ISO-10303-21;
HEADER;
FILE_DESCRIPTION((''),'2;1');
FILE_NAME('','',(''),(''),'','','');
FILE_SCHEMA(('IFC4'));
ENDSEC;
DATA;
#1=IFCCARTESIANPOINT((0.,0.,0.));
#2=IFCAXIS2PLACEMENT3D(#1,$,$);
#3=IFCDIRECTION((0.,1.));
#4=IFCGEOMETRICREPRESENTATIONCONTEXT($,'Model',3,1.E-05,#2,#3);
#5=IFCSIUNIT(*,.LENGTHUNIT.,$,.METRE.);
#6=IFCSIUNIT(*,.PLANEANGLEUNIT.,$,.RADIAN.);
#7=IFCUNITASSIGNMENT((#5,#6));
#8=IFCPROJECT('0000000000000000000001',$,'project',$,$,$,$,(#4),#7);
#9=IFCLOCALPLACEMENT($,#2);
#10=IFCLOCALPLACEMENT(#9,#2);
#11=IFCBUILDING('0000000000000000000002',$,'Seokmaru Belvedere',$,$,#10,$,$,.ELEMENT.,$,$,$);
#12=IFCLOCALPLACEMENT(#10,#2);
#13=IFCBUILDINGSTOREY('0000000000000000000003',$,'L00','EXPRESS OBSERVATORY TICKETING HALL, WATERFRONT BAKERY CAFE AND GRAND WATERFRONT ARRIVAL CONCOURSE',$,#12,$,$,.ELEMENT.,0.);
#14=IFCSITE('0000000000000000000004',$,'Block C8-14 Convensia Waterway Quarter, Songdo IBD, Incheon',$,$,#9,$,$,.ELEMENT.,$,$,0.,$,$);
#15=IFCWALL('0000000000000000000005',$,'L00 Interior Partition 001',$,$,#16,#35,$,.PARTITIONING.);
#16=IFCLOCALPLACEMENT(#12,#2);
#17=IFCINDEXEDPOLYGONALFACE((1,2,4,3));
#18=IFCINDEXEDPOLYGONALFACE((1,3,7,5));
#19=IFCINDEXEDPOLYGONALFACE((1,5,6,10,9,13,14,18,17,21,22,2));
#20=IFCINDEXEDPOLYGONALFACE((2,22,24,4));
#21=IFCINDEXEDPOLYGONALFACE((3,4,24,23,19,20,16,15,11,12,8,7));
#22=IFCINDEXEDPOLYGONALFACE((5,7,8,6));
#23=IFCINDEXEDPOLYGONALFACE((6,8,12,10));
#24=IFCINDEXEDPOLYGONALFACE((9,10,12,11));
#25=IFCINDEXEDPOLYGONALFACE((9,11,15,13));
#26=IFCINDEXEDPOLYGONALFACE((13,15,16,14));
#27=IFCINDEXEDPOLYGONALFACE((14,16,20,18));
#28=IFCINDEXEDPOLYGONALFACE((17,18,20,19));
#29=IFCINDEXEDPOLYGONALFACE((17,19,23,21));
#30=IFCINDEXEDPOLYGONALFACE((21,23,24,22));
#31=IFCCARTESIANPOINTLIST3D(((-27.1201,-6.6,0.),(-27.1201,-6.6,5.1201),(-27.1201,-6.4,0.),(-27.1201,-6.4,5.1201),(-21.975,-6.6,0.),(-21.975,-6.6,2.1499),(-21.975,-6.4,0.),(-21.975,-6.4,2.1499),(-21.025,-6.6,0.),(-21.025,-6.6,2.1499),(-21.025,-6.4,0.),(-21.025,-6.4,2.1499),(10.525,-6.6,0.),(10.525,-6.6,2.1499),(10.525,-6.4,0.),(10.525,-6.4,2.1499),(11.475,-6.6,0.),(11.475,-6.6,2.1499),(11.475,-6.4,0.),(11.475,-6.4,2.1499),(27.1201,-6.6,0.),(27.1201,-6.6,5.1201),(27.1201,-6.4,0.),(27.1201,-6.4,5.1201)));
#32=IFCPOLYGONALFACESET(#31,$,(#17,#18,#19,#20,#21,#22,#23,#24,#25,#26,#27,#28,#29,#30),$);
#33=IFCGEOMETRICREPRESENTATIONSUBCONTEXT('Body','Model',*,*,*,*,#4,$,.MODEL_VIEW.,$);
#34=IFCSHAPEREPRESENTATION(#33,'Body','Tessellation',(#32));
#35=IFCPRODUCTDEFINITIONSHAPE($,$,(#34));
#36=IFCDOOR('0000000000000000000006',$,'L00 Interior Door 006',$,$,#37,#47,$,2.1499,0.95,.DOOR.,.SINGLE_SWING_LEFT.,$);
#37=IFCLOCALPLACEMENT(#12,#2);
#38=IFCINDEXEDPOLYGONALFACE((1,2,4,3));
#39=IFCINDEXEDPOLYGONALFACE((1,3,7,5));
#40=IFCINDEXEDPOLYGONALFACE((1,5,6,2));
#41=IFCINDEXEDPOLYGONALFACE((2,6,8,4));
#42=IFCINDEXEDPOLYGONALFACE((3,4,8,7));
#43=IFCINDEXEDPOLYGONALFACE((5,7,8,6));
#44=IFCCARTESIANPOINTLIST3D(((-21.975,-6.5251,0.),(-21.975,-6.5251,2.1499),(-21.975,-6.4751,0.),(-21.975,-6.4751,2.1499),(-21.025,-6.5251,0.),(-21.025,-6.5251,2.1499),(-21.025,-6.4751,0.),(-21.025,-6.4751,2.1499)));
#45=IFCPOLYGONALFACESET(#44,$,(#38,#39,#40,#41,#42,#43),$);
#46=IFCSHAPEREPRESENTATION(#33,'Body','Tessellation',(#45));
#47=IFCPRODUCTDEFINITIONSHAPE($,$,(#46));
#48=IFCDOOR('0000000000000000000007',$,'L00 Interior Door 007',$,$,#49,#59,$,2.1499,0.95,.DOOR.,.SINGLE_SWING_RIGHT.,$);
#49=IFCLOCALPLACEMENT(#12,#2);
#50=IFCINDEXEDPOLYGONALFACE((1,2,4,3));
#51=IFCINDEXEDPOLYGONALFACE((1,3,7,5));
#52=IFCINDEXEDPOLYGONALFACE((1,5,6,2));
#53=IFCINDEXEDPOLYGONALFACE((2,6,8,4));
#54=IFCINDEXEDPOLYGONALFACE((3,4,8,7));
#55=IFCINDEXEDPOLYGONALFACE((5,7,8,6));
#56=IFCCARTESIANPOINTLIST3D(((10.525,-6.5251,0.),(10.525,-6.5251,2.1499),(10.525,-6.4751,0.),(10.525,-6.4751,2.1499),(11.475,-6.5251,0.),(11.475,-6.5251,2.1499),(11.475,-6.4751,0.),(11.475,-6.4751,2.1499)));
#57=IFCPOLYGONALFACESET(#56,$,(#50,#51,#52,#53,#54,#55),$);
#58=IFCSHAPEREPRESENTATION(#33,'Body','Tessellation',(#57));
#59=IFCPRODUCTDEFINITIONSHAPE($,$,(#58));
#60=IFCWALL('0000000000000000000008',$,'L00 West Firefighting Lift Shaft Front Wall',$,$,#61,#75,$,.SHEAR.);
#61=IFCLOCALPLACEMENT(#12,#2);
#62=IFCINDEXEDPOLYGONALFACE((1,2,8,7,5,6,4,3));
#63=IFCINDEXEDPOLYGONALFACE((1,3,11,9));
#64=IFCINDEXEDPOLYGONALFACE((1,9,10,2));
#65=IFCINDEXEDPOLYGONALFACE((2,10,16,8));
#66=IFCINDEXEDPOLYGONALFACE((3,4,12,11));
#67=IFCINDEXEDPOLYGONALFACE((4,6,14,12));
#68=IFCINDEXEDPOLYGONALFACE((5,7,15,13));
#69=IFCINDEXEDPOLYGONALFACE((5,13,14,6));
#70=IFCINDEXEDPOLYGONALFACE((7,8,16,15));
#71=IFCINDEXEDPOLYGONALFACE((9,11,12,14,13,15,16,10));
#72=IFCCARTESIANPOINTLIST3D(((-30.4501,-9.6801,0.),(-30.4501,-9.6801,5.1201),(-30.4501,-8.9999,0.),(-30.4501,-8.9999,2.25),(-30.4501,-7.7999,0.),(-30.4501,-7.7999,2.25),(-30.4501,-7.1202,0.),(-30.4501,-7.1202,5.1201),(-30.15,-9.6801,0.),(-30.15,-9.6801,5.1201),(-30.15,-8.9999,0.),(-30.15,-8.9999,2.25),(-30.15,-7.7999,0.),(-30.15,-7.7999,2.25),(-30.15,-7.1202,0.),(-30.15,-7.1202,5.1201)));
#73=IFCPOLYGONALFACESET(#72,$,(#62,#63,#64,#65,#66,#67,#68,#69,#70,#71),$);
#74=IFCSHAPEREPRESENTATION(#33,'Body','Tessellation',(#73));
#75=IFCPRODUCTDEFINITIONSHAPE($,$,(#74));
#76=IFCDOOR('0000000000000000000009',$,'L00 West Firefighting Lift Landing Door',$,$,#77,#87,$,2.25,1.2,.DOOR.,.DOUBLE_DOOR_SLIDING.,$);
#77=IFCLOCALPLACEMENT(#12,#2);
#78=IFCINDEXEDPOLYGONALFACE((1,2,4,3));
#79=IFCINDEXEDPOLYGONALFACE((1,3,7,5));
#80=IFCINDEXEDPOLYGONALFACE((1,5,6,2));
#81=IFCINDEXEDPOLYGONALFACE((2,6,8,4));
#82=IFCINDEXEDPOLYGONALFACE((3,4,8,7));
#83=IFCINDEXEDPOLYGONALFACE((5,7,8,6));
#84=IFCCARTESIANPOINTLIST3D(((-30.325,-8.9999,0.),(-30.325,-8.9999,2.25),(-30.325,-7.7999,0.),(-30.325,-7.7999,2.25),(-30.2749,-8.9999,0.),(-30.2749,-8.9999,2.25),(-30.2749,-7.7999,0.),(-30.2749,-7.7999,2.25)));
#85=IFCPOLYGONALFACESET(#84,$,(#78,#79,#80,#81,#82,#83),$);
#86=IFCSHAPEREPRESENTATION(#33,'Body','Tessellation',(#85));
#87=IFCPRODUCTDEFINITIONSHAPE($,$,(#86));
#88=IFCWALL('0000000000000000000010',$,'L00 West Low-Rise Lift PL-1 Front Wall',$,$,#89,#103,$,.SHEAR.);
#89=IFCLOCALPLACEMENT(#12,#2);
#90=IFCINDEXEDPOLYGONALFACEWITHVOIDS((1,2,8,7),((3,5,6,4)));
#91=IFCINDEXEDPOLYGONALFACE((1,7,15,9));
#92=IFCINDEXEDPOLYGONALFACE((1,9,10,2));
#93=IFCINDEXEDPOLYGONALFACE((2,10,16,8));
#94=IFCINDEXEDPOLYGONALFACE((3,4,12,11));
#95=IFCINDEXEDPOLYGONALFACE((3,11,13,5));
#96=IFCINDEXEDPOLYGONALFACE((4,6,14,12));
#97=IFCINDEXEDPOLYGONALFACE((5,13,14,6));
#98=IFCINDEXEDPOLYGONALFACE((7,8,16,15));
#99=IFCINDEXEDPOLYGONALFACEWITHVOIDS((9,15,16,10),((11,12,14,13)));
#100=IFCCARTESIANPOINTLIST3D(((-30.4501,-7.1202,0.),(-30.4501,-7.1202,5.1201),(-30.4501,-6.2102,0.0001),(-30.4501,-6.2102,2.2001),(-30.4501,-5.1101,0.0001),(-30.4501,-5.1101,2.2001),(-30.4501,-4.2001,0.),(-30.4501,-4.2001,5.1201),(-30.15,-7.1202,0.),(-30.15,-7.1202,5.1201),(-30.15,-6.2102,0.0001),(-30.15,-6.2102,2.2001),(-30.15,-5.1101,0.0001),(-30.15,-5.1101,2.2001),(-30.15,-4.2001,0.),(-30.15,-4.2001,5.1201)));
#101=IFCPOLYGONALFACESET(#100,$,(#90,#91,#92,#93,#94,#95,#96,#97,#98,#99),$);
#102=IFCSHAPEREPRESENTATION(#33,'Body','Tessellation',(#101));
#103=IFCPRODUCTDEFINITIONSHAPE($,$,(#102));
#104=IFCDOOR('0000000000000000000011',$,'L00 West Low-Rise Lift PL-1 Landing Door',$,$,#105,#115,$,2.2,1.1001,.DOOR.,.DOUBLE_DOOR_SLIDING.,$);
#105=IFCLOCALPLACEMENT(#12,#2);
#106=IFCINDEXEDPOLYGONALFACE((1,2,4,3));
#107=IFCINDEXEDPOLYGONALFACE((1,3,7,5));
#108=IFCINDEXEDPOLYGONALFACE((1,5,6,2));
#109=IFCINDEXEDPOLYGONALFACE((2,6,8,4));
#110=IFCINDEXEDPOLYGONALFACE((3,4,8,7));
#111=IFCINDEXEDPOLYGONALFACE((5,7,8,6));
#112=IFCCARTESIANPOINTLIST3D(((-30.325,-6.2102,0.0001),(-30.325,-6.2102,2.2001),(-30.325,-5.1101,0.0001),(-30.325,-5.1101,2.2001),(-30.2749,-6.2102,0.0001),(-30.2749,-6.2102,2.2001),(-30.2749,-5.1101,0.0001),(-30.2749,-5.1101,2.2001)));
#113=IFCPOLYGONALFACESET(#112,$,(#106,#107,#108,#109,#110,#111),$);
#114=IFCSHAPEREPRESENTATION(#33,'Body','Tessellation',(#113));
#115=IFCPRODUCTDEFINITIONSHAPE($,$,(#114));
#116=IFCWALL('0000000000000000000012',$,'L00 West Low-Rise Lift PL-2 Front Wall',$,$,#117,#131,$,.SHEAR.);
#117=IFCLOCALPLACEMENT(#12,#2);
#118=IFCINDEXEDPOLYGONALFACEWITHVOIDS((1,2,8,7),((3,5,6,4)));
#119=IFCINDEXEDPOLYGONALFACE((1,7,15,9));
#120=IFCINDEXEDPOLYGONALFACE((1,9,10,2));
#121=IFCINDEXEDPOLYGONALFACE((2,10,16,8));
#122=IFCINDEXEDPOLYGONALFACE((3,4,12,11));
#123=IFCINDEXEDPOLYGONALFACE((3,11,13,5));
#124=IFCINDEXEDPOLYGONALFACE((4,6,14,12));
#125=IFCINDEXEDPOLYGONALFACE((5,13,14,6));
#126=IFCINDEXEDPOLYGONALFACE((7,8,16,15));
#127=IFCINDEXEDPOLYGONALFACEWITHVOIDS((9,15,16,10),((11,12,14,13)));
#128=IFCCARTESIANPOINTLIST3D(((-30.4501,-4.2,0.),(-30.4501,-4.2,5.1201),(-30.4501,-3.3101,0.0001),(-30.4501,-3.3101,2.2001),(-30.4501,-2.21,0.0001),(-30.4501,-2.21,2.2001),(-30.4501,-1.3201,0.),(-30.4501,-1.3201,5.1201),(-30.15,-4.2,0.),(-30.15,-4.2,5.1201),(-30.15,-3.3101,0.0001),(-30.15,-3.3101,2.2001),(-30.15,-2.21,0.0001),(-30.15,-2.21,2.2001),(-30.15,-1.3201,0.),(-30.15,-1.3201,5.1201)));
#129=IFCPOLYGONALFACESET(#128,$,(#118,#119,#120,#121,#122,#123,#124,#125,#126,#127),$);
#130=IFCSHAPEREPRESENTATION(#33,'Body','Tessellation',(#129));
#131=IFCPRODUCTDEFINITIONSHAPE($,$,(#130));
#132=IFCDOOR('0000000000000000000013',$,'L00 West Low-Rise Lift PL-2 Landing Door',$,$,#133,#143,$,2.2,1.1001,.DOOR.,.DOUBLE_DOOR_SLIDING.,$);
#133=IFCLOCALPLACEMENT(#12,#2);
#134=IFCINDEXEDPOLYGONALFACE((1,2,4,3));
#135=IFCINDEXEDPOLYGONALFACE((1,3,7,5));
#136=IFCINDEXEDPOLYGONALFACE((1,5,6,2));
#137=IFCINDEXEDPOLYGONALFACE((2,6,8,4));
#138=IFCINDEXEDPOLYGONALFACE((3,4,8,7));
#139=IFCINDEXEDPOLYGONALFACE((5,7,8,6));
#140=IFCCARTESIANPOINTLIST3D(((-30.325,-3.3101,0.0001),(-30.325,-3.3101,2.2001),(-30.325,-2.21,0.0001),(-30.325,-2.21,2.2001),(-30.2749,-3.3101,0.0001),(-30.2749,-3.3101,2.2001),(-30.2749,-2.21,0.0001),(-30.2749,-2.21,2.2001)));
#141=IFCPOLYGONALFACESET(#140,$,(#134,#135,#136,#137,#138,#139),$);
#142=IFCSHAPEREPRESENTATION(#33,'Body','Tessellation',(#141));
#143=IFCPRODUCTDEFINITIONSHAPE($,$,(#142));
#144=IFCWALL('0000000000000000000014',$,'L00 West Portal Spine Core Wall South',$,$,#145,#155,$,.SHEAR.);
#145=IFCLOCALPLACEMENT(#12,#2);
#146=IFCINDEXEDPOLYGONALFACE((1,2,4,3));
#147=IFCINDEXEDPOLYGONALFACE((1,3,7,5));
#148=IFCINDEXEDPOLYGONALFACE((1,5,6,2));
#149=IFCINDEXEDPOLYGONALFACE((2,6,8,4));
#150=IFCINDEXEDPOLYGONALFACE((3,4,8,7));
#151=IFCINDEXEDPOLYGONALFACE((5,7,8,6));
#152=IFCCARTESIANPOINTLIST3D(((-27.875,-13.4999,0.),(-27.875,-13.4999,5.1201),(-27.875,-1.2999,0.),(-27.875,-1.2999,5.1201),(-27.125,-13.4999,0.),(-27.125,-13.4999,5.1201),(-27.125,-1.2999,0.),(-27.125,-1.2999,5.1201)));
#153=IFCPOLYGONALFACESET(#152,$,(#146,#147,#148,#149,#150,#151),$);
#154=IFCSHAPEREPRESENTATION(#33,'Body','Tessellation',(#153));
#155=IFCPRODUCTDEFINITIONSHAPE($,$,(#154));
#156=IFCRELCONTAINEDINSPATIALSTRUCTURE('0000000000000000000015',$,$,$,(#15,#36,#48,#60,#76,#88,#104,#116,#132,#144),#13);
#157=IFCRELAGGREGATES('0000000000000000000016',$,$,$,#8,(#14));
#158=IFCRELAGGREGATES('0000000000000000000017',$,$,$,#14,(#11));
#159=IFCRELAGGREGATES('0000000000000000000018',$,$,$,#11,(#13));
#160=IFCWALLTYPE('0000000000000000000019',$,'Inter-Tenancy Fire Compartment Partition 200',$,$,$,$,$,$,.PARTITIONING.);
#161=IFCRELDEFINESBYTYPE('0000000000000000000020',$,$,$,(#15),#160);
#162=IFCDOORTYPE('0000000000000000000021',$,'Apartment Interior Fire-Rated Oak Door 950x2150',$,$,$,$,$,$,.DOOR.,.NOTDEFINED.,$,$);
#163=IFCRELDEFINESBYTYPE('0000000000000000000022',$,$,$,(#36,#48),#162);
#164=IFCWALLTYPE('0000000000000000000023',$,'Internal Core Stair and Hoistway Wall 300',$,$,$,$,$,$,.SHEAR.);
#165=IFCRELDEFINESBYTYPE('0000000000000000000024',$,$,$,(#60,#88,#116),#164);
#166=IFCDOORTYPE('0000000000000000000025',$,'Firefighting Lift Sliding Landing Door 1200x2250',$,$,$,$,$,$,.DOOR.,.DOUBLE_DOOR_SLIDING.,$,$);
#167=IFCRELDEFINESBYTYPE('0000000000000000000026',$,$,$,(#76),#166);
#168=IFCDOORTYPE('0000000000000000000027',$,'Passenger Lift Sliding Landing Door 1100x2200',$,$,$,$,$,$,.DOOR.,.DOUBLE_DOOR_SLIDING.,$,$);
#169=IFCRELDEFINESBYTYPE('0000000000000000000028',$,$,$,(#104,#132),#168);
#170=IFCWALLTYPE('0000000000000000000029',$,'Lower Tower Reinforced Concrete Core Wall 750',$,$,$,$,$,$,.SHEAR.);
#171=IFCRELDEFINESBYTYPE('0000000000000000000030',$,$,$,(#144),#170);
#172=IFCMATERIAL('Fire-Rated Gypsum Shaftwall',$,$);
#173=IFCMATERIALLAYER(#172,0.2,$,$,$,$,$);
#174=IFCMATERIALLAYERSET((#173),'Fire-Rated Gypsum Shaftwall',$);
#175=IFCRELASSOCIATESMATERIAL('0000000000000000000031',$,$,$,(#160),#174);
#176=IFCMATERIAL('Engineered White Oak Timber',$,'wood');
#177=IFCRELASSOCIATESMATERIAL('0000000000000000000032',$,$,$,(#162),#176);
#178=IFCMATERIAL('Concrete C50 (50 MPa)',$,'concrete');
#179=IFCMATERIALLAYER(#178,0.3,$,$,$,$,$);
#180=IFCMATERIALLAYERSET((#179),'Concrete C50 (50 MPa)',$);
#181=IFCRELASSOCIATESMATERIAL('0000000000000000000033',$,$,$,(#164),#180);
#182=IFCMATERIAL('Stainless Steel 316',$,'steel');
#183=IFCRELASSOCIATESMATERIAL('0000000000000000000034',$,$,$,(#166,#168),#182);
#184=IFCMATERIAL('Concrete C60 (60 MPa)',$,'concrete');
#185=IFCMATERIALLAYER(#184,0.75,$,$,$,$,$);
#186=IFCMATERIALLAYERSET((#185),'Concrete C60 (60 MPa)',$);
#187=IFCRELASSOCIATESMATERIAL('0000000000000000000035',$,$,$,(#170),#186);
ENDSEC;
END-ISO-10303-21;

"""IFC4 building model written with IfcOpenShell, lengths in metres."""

from ifc_helpers import new_model, si_unit, direction, frame, frame_2d, origin, place, context, subcontext, project, spatial, rectangle, extrude, source, transform, mapped, material, layer, layer_set, type_object, type_shapes, element, fill, save


model = new_model("IFC4")

# Units and contexts
model_context = context("Model", 3, precision=1e-05, world=origin(), true_north=direction((0.0, 1.0)))
body_context = subcontext(model_context, "Body", "Model", "MODEL_VIEW")
ifc_project = project(units=[si_unit("LENGTHUNIT", "METRE"), si_unit("PLANEANGLEUNIT", "RADIAN")], contexts=[model_context])

# Site, building, storey
site_placement = place(None, origin())
site = spatial("IfcSite", under=ifc_project, at=site_placement, Name="Block C8-14 Convensia Waterway Quarter, Songdo IBD, Incheon", CompositionType="ELEMENT", RefElevation=0.0)
building_placement = place(site_placement, origin())
building = spatial("IfcBuilding", under=site, at=building_placement, Name="Seokmaru Belvedere", CompositionType="ELEMENT")
storey_placement = place(building_placement, origin())
storey = spatial("IfcBuildingStorey", under=building, at=storey_placement, Name="L00", Description="EXPRESS OBSERVATORY TICKETING HALL, WATERFRONT BAKERY CAFE AND GRAND WATERFRONT ARRIVAL CONCOURSE", CompositionType="ELEMENT", Elevation=0.0)

# Shared definitions
ifc_material_1 = material(Name="Concrete C50 (50 MPa)", Category="concrete")

# Wall, openings, doors
ifc_material_2 = material(Name="Fire-Rated Gypsum Shaftwall")
ifc_layer_1 = layer(ifc_material_2, 0.2)
ifc_layer_set_1 = layer_set([ifc_layer_1], Name="Fire-Rated Gypsum Shaftwall")
wall_type_1 = type_object("IfcWallType", Name="Inter-Tenancy Fire Compartment Partition 200", PredefinedType="PARTITIONING", material=ifc_layer_set_1)
wall_1_placement = place(storey_placement, frame((-27.1201, -6.5, 0.0), z_axis=(0.0, 0.0, 1.0), x_axis=(1.0, 0.0, 0.0)))
wall_1 = element("IfcWall", 1, at=wall_1_placement, inside=storey, type_object=wall_type_1, Name="L00 Interior Partition 001", PredefinedType="PARTITIONING", context=body_context, shape_type="SweptSolid", body=[
    extrude(rectangle(XDim=54.2402, YDim=0.2, at=frame_2d((27.1201, 0.0))), origin(), (0.0, 0.0, 1.0), 5.1201),
])
opening_1_placement = place(wall_1_placement, frame((5.145, 0.0, 0.0)))
opening_1 = element("IfcOpeningElement", 2, at=opening_1_placement, cuts=wall_1, PredefinedType="OPENING", context=body_context, shape_type="SweptSolid", body=[
    extrude(rectangle(XDim=0.95, YDim=2.1499, at=frame_2d((0.4751, 1.075))), frame((0.0, 0.1099, 0.0), z_axis=(0.0, -1.0, 0.0), x_axis=(1.0, 0.0, 0.0)), (0.0, 0.0, 1.0), 0.22),
])
opening_2_placement = place(wall_1_placement, frame((37.645, 0.0, 0.0)))
opening_2 = element("IfcOpeningElement", 3, at=opening_2_placement, cuts=wall_1, PredefinedType="OPENING", context=body_context, shape_type="SweptSolid", body=[
    extrude(rectangle(XDim=0.95, YDim=2.1499, at=frame_2d((0.4751, 1.075))), frame((0.0, 0.1099, 0.0), z_axis=(0.0, -1.0, 0.0), x_axis=(1.0, 0.0, 0.0)), (0.0, 0.0, 1.0), 0.22),
])
ifc_material_3 = material(Name="Engineered White Oak Timber", Category="wood")
door_type_1 = type_object("IfcDoorType", Name="Apartment Interior Fire-Rated Oak Door 950x2150", OperationType="NOTDEFINED", PredefinedType="DOOR", material=ifc_material_3)
shared_shape_1 = source(origin(), body_context, "Body", "SweptSolid", [
    extrude(rectangle(XDim=0.95, YDim=2.1499, at=frame_2d((0.4751, 1.075))), frame((0.0, 0.0249, 0.0), z_axis=(0.0, -1.0, 0.0), x_axis=(1.0, 0.0, 0.0)), (0.0, 0.0, 1.0), 0.05),
])
type_shapes(door_type_1, [shared_shape_1])
door_1_placement = place(opening_1_placement, origin())
door_1 = element("IfcDoor", 4, at=door_1_placement, inside=storey, type_object=door_type_1, Name="L00 Interior Door 006", OperationType="SINGLE_SWING_LEFT", OverallHeight=2.1499, OverallWidth=0.95, PredefinedType="DOOR", context=body_context, shape_type="MappedRepresentation", body=[
    mapped(shared_shape_1, transform((0.0, 0.0, 0.0), scale=1.0)),
])
fill(opening_1, door_1)
door_2_placement = place(opening_2_placement, origin())
door_2 = element("IfcDoor", 5, at=door_2_placement, inside=storey, type_object=door_type_1, Name="L00 Interior Door 007", OperationType="SINGLE_SWING_RIGHT", OverallHeight=2.1499, OverallWidth=0.95, PredefinedType="DOOR", context=body_context, shape_type="MappedRepresentation", body=[
    mapped(shared_shape_1, transform((0.0, 0.0, 0.0), scale=1.0)),
])
fill(opening_2, door_2)

# Walls, openings, doors
ifc_layer_2 = layer(ifc_material_1, 0.3)
ifc_layer_set_2 = layer_set([ifc_layer_2], Name="Concrete C50 (50 MPa)")
wall_type_2 = type_object("IfcWallType", Name="Internal Core Stair and Hoistway Wall 300", PredefinedType="SHEAR", material=ifc_layer_set_2)
wall_2_placement = place(storey_placement, frame((-30.3, -9.6799, 0.0), z_axis=(0.0, 0.0, 1.0), x_axis=(0.0, 1.0, 0.0)))
wall_2 = element("IfcWall", 6, at=wall_2_placement, inside=storey, type_object=wall_type_2, Name="L00 West Firefighting Lift Shaft Front Wall", PredefinedType="SHEAR", context=body_context, shape_type="SweptSolid", body=[
    extrude(rectangle(XDim=2.5598, YDim=0.3, at=frame_2d((1.2798, 0.0))), origin(), (0.0, 0.0, 1.0), 5.1201),
])
opening_3_placement = place(wall_2_placement, frame((0.6799, 0.0, 0.0)))
opening_3 = element("IfcOpeningElement", 7, at=opening_3_placement, cuts=wall_2, PredefinedType="OPENING", context=body_context, shape_type="SweptSolid", body=[
    extrude(rectangle(XDim=1.2, YDim=2.25, at=frame_2d((0.6001, 1.125))), frame((0.0, 0.1602, 0.0), z_axis=(0.0, -1.0, 0.0), x_axis=(1.0, 0.0, 0.0)), (0.0, 0.0, 1.0), 0.3201),
])
ifc_material_4 = material(Name="Stainless Steel 316", Category="steel")
door_type_2 = type_object("IfcDoorType", Name="Firefighting Lift Sliding Landing Door 1200x2250", OperationType="DOUBLE_DOOR_SLIDING", PredefinedType="DOOR", material=ifc_material_4)
shared_shape_2 = source(origin(), body_context, "Body", "SweptSolid", [
    extrude(rectangle(XDim=1.2, YDim=2.25, at=frame_2d((0.6001, 1.125))), frame((0.0, 0.0249, 0.0), z_axis=(0.0, -1.0, 0.0), x_axis=(1.0, 0.0, 0.0)), (0.0, 0.0, 1.0), 0.05),
])
type_shapes(door_type_2, [shared_shape_2])
door_3_placement = place(opening_3_placement, origin())
door_3 = element("IfcDoor", 8, at=door_3_placement, inside=storey, type_object=door_type_2, Name="L00 West Firefighting Lift Landing Door", OperationType="DOUBLE_DOOR_SLIDING", OverallHeight=2.25, OverallWidth=1.2, PredefinedType="DOOR", context=body_context, shape_type="MappedRepresentation", body=[
    mapped(shared_shape_2, transform((0.0, 0.0, 0.0), scale=1.0)),
])
fill(opening_3, door_3)
wall_3_placement = place(storey_placement, frame((-30.3, -7.1201, 0.0), z_axis=(0.0, 0.0, 1.0), x_axis=(0.0, 1.0, 0.0)))
wall_3 = element("IfcWall", 9, at=wall_3_placement, inside=storey, type_object=wall_type_2, Name="L00 West Low-Rise Lift PL-1 Front Wall", PredefinedType="SHEAR", context=body_context, shape_type="SweptSolid", body=[
    extrude(rectangle(XDim=2.9202, YDim=0.3, at=frame_2d((1.46, 0.0))), origin(), (0.0, 0.0, 1.0), 5.1201),
])
opening_4_placement = place(wall_3_placement, frame((0.9099, 0.0, 0.0)))
opening_4 = element("IfcOpeningElement", 10, at=opening_4_placement, cuts=wall_3, PredefinedType="OPENING", context=body_context, shape_type="SweptSolid", body=[
    extrude(rectangle(XDim=1.1001, YDim=2.2, at=frame_2d((0.55, 1.1001))), frame((0.0, 0.1602, 0.0), z_axis=(0.0, -1.0, 0.0), x_axis=(1.0, 0.0, 0.0)), (0.0, 0.0, 1.0), 0.3201),
])
door_type_3 = type_object("IfcDoorType", Name="Passenger Lift Sliding Landing Door 1100x2200", OperationType="DOUBLE_DOOR_SLIDING", PredefinedType="DOOR", material=ifc_material_4)
shared_shape_3 = source(origin(), body_context, "Body", "SweptSolid", [
    extrude(rectangle(XDim=1.1001, YDim=2.2, at=frame_2d((0.55, 1.1001))), frame((0.0, 0.0249, 0.0), z_axis=(0.0, -1.0, 0.0), x_axis=(1.0, 0.0, 0.0)), (0.0, 0.0, 1.0), 0.05),
])
type_shapes(door_type_3, [shared_shape_3])
door_4_placement = place(opening_4_placement, origin())
door_4 = element("IfcDoor", 11, at=door_4_placement, inside=storey, type_object=door_type_3, Name="L00 West Low-Rise Lift PL-1 Landing Door", OperationType="DOUBLE_DOOR_SLIDING", OverallHeight=2.2, OverallWidth=1.1001, PredefinedType="DOOR", context=body_context, shape_type="MappedRepresentation", body=[
    mapped(shared_shape_3, transform((0.0, 0.0, 0.0), scale=1.0)),
])
fill(opening_4, door_4)
wall_4_placement = place(storey_placement, frame((-30.3, -4.2, 0.0), z_axis=(0.0, 0.0, 1.0), x_axis=(0.0, 1.0, 0.0)))
wall_4 = element("IfcWall", 12, at=wall_4_placement, inside=storey, type_object=wall_type_2, Name="L00 West Low-Rise Lift PL-2 Front Wall", PredefinedType="SHEAR", context=body_context, shape_type="SweptSolid", body=[
    extrude(rectangle(XDim=2.8799, YDim=0.3, at=frame_2d((1.4399, 0.0))), origin(), (0.0, 0.0, 1.0), 5.1201),
])
opening_5_placement = place(wall_4_placement, frame((0.8899, 0.0, 0.0)))
opening_5 = element("IfcOpeningElement", 13, at=opening_5_placement, cuts=wall_4, PredefinedType="OPENING", context=body_context, shape_type="SweptSolid", body=[
    extrude(rectangle(XDim=1.1001, YDim=2.2, at=frame_2d((0.55, 1.1001))), frame((0.0, 0.1602, 0.0), z_axis=(0.0, -1.0, 0.0), x_axis=(1.0, 0.0, 0.0)), (0.0, 0.0, 1.0), 0.3201),
])
door_5_placement = place(opening_5_placement, origin())
door_5 = element("IfcDoor", 14, at=door_5_placement, inside=storey, type_object=door_type_3, Name="L00 West Low-Rise Lift PL-2 Landing Door", OperationType="DOUBLE_DOOR_SLIDING", OverallHeight=2.2, OverallWidth=1.1001, PredefinedType="DOOR", context=body_context, shape_type="MappedRepresentation", body=[
    mapped(shared_shape_3, transform((0.0, 0.0, 0.0), scale=1.0)),
])
fill(opening_5, door_5)

# Wall
ifc_material_5 = material(Name="Concrete C60 (60 MPa)", Category="concrete")
ifc_layer_3 = layer(ifc_material_5, 0.75)
ifc_layer_set_3 = layer_set([ifc_layer_3], Name="Concrete C60 (60 MPa)")
wall_type_3 = type_object("IfcWallType", Name="Lower Tower Reinforced Concrete Core Wall 750", PredefinedType="SHEAR", material=ifc_layer_set_3)
wall_5_placement = place(storey_placement, frame((-27.5, -13.5, 0.0), z_axis=(0.0, 0.0, 1.0), x_axis=(0.0, 1.0, 0.0)))
element("IfcWall", 15, at=wall_5_placement, inside=storey, type_object=wall_type_3, Name="L00 West Portal Spine Core Wall South", PredefinedType="SHEAR", context=body_context, shape_type="SweptSolid", body=[
    extrude(rectangle(XDim=12.2, YDim=0.75, at=frame_2d((6.1001, 0.0))), origin(), (0.0, 0.0, 1.0), 5.1201),
])

save(model, "model.ifc")
